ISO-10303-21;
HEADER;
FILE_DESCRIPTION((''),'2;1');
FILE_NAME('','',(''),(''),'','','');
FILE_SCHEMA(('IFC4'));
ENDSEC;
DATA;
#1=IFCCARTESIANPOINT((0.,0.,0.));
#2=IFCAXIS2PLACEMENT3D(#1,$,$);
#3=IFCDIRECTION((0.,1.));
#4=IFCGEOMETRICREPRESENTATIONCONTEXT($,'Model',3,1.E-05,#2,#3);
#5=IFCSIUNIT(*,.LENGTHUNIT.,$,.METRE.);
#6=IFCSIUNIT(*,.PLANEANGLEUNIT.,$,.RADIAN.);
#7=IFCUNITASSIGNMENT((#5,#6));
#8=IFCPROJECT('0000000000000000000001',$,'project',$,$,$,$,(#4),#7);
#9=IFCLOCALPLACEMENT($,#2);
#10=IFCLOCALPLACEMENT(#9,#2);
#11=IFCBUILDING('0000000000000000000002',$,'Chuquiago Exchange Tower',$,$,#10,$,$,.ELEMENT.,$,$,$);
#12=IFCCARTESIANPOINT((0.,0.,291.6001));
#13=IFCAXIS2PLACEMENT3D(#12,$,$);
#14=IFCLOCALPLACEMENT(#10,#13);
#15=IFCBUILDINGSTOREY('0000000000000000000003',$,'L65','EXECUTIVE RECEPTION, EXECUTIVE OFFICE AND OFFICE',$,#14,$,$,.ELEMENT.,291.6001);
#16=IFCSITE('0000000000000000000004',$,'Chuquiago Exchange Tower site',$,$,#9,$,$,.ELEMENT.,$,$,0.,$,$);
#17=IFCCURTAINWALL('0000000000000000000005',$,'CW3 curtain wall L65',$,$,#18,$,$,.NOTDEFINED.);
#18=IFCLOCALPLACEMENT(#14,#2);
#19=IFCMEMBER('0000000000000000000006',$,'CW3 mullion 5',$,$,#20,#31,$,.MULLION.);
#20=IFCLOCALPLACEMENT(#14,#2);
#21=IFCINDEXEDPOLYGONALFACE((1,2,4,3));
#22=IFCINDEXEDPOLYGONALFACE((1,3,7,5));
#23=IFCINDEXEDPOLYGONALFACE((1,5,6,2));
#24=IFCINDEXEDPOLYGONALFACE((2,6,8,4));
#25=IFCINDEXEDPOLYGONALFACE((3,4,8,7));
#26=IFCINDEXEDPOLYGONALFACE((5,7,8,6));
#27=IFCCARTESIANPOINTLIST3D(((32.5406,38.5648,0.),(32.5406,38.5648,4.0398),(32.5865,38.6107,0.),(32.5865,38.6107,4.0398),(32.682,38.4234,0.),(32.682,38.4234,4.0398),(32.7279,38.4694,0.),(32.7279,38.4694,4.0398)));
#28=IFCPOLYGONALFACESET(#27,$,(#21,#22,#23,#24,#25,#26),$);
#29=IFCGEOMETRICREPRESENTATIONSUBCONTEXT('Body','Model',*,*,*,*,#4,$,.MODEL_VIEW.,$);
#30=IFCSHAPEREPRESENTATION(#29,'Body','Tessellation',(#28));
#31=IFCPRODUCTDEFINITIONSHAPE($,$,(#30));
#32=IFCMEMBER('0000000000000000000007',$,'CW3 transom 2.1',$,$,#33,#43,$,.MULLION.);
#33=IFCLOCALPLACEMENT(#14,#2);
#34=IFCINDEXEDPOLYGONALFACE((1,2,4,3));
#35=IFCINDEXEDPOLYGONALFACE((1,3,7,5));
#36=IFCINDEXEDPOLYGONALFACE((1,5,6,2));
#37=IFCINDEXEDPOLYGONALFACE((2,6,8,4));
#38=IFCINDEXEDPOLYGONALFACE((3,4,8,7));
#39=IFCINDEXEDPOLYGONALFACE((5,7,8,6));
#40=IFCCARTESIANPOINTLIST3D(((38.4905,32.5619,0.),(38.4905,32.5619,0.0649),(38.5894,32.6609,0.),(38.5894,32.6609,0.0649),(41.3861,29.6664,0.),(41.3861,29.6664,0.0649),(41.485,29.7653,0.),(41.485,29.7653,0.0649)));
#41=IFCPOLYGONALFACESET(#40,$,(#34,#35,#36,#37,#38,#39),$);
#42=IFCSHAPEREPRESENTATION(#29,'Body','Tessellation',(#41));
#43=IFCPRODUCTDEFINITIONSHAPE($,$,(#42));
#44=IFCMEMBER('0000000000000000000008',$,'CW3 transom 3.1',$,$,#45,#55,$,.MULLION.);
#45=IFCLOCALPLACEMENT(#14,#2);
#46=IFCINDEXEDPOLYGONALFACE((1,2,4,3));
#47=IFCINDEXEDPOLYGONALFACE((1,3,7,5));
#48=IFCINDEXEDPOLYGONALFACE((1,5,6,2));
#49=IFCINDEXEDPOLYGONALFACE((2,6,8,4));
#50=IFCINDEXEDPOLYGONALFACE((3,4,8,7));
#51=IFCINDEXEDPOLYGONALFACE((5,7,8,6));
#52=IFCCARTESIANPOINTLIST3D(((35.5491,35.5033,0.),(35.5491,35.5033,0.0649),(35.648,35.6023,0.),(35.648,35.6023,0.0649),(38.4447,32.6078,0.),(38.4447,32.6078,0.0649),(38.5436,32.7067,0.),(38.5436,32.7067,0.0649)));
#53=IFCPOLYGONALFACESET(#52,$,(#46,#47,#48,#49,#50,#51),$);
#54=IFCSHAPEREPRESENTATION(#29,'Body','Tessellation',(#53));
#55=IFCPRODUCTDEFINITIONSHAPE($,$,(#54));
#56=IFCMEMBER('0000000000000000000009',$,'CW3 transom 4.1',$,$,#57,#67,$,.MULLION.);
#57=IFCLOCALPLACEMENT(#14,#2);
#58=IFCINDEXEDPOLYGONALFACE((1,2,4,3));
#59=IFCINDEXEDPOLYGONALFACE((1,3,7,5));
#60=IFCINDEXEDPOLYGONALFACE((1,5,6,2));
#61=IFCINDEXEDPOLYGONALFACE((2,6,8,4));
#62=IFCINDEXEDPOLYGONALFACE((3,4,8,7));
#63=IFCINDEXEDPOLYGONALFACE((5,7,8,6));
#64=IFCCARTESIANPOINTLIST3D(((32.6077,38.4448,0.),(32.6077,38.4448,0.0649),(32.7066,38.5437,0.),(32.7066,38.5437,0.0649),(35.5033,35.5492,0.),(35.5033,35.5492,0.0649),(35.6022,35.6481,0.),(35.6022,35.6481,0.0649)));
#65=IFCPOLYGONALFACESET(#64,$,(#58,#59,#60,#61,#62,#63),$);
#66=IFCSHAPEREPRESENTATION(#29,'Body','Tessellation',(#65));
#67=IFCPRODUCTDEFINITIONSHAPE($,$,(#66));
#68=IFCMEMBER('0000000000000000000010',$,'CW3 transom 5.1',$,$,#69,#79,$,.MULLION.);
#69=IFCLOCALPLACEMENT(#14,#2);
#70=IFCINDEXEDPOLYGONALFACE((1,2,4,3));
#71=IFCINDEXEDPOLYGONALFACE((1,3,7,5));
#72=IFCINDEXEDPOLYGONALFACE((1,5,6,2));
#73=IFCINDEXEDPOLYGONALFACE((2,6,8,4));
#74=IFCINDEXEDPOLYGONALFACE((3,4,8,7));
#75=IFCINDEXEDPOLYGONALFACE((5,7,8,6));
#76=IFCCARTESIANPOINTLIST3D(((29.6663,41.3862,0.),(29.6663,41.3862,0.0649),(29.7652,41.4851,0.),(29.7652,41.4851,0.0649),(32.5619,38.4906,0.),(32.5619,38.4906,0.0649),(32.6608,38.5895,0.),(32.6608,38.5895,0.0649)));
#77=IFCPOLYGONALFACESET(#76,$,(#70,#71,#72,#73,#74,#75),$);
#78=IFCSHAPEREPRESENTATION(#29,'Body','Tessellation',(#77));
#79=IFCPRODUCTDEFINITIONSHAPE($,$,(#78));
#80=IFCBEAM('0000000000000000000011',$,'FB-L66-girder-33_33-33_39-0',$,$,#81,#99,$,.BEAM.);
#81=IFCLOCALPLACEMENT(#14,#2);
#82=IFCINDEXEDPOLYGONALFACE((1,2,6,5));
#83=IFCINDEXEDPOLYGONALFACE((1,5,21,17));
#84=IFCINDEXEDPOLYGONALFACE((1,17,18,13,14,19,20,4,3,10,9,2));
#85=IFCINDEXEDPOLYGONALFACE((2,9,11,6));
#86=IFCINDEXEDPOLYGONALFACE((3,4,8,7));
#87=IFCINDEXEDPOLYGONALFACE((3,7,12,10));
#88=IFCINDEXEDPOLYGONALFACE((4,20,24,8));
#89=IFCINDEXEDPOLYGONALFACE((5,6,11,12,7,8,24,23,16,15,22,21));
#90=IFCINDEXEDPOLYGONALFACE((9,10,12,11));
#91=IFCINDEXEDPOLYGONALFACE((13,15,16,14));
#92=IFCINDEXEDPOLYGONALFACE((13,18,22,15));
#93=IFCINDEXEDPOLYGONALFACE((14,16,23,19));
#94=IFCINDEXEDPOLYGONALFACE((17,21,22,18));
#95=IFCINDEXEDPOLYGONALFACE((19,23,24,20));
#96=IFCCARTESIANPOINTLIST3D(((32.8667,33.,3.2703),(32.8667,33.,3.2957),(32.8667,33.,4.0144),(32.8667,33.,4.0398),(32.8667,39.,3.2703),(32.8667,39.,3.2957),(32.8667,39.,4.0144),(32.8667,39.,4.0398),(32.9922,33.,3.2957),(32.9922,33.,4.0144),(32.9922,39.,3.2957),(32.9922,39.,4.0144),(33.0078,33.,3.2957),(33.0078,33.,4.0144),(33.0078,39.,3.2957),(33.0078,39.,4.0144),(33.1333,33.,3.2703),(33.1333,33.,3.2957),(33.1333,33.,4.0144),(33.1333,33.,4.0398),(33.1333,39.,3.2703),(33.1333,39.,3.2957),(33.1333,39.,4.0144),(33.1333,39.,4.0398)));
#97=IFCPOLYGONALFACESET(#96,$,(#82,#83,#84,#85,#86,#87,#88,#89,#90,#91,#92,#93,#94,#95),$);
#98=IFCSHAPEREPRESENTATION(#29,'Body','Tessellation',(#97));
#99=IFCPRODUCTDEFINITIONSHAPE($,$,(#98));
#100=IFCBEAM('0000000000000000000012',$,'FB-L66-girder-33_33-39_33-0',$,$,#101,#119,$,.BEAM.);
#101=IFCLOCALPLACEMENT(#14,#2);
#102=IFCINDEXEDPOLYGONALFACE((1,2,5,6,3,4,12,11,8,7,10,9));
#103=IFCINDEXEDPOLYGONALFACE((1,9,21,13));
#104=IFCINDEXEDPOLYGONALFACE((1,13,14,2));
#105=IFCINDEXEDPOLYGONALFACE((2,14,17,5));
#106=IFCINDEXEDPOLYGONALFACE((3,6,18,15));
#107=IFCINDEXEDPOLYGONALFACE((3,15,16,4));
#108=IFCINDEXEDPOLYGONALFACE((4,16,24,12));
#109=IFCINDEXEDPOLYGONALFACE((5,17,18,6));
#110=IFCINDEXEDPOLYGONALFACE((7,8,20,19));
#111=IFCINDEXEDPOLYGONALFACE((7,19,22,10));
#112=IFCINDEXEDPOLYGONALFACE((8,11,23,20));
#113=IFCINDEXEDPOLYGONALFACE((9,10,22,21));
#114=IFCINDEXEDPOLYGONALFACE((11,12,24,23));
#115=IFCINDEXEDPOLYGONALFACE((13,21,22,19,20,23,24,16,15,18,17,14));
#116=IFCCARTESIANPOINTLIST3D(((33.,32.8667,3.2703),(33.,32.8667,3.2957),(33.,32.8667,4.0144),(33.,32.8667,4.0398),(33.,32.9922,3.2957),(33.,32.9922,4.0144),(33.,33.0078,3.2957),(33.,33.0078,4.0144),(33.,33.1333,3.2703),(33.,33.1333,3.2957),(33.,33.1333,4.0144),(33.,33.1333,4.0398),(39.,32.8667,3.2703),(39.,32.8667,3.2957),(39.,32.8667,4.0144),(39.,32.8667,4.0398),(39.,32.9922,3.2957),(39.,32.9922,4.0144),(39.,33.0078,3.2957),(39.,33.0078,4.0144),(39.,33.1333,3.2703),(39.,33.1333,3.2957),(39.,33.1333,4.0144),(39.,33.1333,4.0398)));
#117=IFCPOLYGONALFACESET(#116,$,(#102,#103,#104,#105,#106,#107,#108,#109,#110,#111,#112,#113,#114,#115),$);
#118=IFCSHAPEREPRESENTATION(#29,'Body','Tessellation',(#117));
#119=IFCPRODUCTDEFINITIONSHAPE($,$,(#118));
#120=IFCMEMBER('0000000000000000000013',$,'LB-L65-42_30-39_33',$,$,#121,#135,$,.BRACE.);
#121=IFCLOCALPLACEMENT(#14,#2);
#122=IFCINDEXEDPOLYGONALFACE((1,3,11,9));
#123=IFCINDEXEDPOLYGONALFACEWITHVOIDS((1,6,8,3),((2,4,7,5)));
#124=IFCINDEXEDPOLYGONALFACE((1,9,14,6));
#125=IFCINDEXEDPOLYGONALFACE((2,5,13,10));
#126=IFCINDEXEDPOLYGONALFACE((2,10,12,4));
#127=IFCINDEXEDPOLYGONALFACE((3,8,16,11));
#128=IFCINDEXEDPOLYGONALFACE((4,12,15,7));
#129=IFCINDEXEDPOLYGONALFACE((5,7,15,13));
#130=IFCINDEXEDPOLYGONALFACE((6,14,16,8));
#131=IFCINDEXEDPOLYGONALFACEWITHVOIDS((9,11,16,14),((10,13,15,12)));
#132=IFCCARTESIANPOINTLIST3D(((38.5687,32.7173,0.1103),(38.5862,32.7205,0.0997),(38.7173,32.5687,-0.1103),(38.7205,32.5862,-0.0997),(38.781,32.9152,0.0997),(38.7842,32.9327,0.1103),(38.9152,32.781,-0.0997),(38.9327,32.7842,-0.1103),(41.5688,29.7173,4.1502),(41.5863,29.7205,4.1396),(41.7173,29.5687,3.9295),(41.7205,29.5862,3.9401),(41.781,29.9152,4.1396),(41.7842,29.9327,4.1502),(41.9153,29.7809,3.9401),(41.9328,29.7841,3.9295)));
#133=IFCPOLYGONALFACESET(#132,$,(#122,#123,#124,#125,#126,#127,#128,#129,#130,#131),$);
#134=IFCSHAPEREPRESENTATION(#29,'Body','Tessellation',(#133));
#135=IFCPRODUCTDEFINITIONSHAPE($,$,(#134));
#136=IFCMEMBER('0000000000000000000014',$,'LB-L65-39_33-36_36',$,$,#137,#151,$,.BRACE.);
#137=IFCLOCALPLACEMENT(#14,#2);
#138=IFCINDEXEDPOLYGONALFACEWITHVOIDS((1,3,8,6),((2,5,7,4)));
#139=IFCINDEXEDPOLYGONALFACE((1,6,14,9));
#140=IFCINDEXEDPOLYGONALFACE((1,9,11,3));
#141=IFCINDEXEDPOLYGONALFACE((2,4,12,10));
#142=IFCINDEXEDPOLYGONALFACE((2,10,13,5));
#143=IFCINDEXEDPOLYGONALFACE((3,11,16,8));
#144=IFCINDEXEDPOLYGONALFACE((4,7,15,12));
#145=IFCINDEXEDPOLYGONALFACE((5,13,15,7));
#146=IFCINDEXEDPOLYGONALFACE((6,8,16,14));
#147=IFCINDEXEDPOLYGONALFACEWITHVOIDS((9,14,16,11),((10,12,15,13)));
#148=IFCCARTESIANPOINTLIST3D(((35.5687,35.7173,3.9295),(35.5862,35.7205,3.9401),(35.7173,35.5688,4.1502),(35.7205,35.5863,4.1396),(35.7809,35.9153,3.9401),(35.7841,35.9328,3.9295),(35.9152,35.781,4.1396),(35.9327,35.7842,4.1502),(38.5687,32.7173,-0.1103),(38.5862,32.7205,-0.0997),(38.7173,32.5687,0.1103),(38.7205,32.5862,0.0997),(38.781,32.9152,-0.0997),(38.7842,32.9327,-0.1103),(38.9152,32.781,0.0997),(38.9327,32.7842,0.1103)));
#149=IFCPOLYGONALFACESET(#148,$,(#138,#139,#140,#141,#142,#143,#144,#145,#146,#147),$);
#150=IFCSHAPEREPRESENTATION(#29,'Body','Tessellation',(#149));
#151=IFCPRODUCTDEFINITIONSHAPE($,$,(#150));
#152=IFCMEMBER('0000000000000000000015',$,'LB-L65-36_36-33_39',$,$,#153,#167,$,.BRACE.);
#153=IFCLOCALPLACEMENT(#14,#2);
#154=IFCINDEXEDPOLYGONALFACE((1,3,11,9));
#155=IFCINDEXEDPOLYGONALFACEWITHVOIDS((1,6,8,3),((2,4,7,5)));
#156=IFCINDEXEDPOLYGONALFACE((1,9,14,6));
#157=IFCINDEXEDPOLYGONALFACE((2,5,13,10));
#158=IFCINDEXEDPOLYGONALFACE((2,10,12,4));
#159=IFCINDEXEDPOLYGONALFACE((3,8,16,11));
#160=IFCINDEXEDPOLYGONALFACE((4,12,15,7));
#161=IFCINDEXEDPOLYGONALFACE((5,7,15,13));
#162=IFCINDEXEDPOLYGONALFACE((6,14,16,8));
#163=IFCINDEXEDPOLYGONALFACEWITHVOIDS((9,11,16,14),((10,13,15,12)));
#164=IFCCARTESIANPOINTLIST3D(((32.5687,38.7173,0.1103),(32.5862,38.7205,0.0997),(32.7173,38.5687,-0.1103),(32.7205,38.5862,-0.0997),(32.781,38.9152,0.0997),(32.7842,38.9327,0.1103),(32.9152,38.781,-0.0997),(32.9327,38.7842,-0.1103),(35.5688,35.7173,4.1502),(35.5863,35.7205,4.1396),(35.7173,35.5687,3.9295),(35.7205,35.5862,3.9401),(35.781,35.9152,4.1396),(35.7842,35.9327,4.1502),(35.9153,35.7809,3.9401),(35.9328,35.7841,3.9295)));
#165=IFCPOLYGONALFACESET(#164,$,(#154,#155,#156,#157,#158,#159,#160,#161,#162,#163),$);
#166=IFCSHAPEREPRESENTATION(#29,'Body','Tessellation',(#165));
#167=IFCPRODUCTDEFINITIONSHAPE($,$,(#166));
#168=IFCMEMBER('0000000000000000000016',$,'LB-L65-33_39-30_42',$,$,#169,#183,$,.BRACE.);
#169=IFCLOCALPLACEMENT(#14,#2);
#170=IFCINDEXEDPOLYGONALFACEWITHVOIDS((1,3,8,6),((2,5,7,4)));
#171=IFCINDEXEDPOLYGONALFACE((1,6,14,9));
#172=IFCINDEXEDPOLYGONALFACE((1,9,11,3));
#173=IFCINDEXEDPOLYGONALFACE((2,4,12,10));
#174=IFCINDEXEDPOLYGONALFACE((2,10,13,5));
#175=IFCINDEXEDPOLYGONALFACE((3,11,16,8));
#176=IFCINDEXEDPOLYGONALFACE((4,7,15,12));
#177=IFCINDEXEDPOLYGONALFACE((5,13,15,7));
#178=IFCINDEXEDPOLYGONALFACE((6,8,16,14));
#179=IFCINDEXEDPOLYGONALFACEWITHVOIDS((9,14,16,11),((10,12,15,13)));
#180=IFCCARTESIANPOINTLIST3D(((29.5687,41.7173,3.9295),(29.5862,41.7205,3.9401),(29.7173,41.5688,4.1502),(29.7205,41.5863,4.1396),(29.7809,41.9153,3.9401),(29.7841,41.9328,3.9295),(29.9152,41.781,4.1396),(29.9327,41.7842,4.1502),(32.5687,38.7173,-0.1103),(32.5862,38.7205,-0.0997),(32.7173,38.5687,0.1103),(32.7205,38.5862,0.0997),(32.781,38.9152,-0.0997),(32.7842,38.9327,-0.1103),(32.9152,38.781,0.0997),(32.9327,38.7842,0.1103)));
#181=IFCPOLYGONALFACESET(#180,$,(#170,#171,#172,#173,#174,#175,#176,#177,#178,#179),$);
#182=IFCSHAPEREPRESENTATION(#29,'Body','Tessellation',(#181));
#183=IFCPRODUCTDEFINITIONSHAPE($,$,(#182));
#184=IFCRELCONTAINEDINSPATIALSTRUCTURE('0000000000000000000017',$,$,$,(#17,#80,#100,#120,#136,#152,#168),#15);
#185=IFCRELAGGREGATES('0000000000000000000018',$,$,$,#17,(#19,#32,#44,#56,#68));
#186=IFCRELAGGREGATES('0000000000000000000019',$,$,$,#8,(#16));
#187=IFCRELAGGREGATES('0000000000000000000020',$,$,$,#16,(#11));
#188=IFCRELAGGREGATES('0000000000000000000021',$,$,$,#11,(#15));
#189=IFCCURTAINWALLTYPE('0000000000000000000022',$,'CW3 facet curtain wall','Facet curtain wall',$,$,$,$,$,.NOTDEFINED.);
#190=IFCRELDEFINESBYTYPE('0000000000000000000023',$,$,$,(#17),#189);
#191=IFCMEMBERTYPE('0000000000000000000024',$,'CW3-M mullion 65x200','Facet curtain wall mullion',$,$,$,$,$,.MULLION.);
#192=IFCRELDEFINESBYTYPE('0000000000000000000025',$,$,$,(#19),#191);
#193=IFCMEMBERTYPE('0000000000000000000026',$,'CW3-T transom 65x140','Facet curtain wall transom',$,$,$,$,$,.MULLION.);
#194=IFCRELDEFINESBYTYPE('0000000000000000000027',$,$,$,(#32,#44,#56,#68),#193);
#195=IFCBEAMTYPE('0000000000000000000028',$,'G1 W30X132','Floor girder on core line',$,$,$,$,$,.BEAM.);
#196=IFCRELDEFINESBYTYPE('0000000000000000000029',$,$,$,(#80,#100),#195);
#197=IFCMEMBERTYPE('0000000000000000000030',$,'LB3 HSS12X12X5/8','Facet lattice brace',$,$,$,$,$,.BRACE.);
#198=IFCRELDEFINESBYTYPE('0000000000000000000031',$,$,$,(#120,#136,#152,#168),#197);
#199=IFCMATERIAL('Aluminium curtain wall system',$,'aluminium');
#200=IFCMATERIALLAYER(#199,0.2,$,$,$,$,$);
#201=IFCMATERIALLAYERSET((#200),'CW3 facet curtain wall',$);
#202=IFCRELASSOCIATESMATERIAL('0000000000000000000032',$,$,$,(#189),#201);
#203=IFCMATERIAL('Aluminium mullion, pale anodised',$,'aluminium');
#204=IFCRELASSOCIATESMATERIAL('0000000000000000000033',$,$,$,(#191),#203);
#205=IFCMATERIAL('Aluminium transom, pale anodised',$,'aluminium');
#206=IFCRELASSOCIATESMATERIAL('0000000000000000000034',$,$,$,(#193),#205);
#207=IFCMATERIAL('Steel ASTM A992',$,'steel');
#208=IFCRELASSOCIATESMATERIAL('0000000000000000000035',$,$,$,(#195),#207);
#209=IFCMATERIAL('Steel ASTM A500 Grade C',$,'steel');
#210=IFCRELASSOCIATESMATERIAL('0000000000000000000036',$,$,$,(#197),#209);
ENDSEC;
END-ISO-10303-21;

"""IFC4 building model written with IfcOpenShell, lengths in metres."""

from ifc_helpers import new_model, si_unit, direction, frame, origin, origin_2d, place, context, subcontext, project, spatial, rectangle, hollow_rectangle, i_section, extrude, material, layer, layer_set, material_profile, profile_set, type_object, element, aggregate, save


model = new_model("IFC4")

# Units and contexts
model_context = context("Model", 3, precision=1e-05, world=origin(), true_north=direction((0.0, 1.0)))
body_context = subcontext(model_context, "Body", "Model", "MODEL_VIEW")
ifc_project = project(units=[si_unit("LENGTHUNIT", "METRE"), si_unit("PLANEANGLEUNIT", "RADIAN")], contexts=[model_context])

# Site, building, storey
site_placement = place(None, origin())
site = spatial("IfcSite", under=ifc_project, at=site_placement, Name="Chuquiago Exchange Tower site", CompositionType="ELEMENT", RefElevation=0.0)
building_placement = place(site_placement, origin())
building = spatial("IfcBuilding", under=site, at=building_placement, Name="Chuquiago Exchange Tower", CompositionType="ELEMENT")
storey_placement = place(building_placement, frame((0.0, 0.0, 291.6001)))
storey = spatial("IfcBuildingStorey", under=building, at=storey_placement, Name="L65", Description="EXECUTIVE RECEPTION, EXECUTIVE OFFICE AND OFFICE", CompositionType="ELEMENT", Elevation=291.6001)

# Curtain wall, members
ifc_material_1 = material(Name="Aluminium curtain wall system", Category="aluminium")
ifc_layer_1 = layer(ifc_material_1, 0.2)
ifc_layer_set_1 = layer_set([ifc_layer_1], Name="CW3 facet curtain wall")
curtain_wall_type = type_object("IfcCurtainWallType", Name="CW3 facet curtain wall", Description="Facet curtain wall", PredefinedType="NOTDEFINED", material=ifc_layer_set_1)
curtain_wall_placement = place(storey_placement, origin())
curtain_wall = element("IfcCurtainWall", 1, at=curtain_wall_placement, inside=storey, type_object=curtain_wall_type, Name="CW3 curtain wall L65", PredefinedType="NOTDEFINED")
ifc_material_2 = material(Name="Aluminium mullion, pale anodised", Category="aluminium")
ifc_material_profile_1 = material_profile(ifc_material_2, rectangle(XDim=0.0649, YDim=0.2, at=origin_2d()), Name="AL 65x200")
ifc_profile_set_1 = profile_set([ifc_material_profile_1], Name="Aluminium mullion, pale anodised")
member_type_1 = type_object("IfcMemberType", Name="CW3-M mullion 65x200", Description="Facet curtain wall mullion", PredefinedType="MULLION", material=ifc_profile_set_1)
member_1_placement = place(storey_placement, frame((32.6343, 38.5171, 0.0), z_axis=(0.0, 0.0, 1.0), x_axis=(-0.707107, -0.707107, 0.0)))
member_1 = element("IfcMember", 2, at=member_1_placement, type_object=member_type_1, Name="CW3 mullion 5", PredefinedType="MULLION", context=body_context, shape_type="SweptSolid", body=[
    extrude(rectangle(XDim=0.0649, YDim=0.2, at=origin_2d()), origin(), (0.0, 0.0, 1.0), 4.0398),
])
ifc_material_3 = material(Name="Aluminium transom, pale anodised", Category="aluminium")
ifc_material_profile_2 = material_profile(ifc_material_3, rectangle(XDim=0.1399, YDim=0.0649, at=origin_2d()), Name="AL 140x65")
ifc_profile_set_2 = profile_set([ifc_material_profile_2], Name="Aluminium transom, pale anodised")
member_type_2 = type_object("IfcMemberType", Name="CW3-T transom 65x140", Description="Facet curtain wall transom", PredefinedType="MULLION", material=ifc_profile_set_2)
member_2_placement = place(storey_placement, frame((41.4355, 29.7158, 0.0325), z_axis=(-0.707107, 0.707107, 0.0), x_axis=(-0.707107, -0.707107, 0.0)))
member_2 = element("IfcMember", 3, at=member_2_placement, type_object=member_type_2, Name="CW3 transom 2.1", PredefinedType="MULLION", context=body_context, shape_type="SweptSolid", body=[
    extrude(rectangle(XDim=0.1399, YDim=0.0649, at=origin_2d()), origin(), (0.0, 0.0, 1.0), 4.095),
])
member_3_placement = place(storey_placement, frame((38.4941, 32.6572, 0.0325), z_axis=(-0.707107, 0.707107, 0.0), x_axis=(-0.707107, -0.707107, 0.0)))
member_3 = element("IfcMember", 4, at=member_3_placement, type_object=member_type_2, Name="CW3 transom 3.1", PredefinedType="MULLION", context=body_context, shape_type="SweptSolid", body=[
    extrude(rectangle(XDim=0.1399, YDim=0.0649, at=origin_2d()), origin(), (0.0, 0.0, 1.0), 4.095),
])
member_4_placement = place(storey_placement, frame((35.5527, 35.5986, 0.0325), z_axis=(-0.707107, 0.707107, 0.0), x_axis=(-0.707107, -0.707107, 0.0)))
member_4 = element("IfcMember", 5, at=member_4_placement, type_object=member_type_2, Name="CW3 transom 4.1", PredefinedType="MULLION", context=body_context, shape_type="SweptSolid", body=[
    extrude(rectangle(XDim=0.1399, YDim=0.0649, at=origin_2d()), origin(), (0.0, 0.0, 1.0), 4.095),
])
member_5_placement = place(storey_placement, frame((32.6113, 38.54, 0.0325), z_axis=(-0.707107, 0.707107, 0.0), x_axis=(-0.707107, -0.707107, 0.0)))
member_5 = element("IfcMember", 6, at=member_5_placement, type_object=member_type_2, Name="CW3 transom 5.1", PredefinedType="MULLION", context=body_context, shape_type="SweptSolid", body=[
    extrude(rectangle(XDim=0.1399, YDim=0.0649, at=origin_2d()), origin(), (0.0, 0.0, 1.0), 4.095),
])

# Beams
ifc_material_4 = material(Name="Steel ASTM A992", Category="steel")
ifc_material_profile_3 = material_profile(ifc_material_4, i_section(OverallWidth=0.2666, OverallDepth=0.7695, WebThickness=0.0156, FlangeThickness=0.0254, at=origin_2d()), Name="W30X132")
ifc_profile_set_3 = profile_set([ifc_material_profile_3], Name="Steel ASTM A992")
beam_type_1 = type_object("IfcBeamType", Name="G1 W30X132", Description="Floor girder on core line", PredefinedType="BEAM", material=ifc_profile_set_3)
for number, where, z_axis, x_axis, name in (
    (7, (33.0, 33.0, 3.655), (0.0, 1.0, 0.0), (-1.0, 0.0, 0.0), "FB-L66-girder-33_33-33_39-0"),
    (8, (33.0, 33.0, 3.655), (1.0, 0.0, 0.0), (0.0, 1.0, 0.0), "FB-L66-girder-33_33-39_33-0"),
):
    element("IfcBeam", number, at=place(storey_placement, frame(where, z_axis=z_axis, x_axis=x_axis)), inside=storey, type_object=beam_type_1, Name=name, PredefinedType="BEAM", context=body_context, shape_type="SweptSolid", body=[
        extrude(i_section(OverallWidth=0.2666, OverallDepth=0.7695, WebThickness=0.0156, FlangeThickness=0.0254, at=origin_2d()), origin(), (0.0, 0.0, 1.0), 6.0),
    ])

# Members
ifc_material_5 = material(Name="Steel ASTM A500 Grade C", Category="steel")
ifc_material_profile_4 = material_profile(ifc_material_5, hollow_rectangle(XDim=0.3047, YDim=0.3047, WallThickness=0.0146, at=origin_2d()), Name="HSS12X12X5/8")
ifc_profile_set_4 = profile_set([ifc_material_profile_4], Name="Steel ASTM A500 Grade C")
member_type_3 = type_object("IfcMemberType", Name="LB3 HSS12X12X5/8", Description="Facet lattice brace", PredefinedType="BRACE", material=ifc_profile_set_4)
for number, where, z_axis, x_axis, name in (
    (9, (38.7507, 32.7507, 0.0), (0.512092, -0.512092, 0.689582), (0.707107, 0.707107, 0.0), "LB-L65-42_30-39_33"),
    (10, (38.7507, 32.7507, 0.0), (-0.512092, 0.512092, 0.689582), (-0.707107, -0.707107, 0.0), "LB-L65-39_33-36_36"),
    (11, (32.7507, 38.7507, 0.0), (0.512092, -0.512092, 0.689582), (0.707107, 0.707107, 0.0), "LB-L65-36_36-33_39"),
    (12, (32.7507, 38.7507, 0.0), (-0.512092, 0.512092, 0.689582), (-0.707107, -0.707107, 0.0), "LB-L65-33_39-30_42"),
):
    element("IfcMember", number, at=place(storey_placement, frame(where, z_axis=z_axis, x_axis=x_axis)), inside=storey, type_object=member_type_3, Name=name, PredefinedType="BRACE", context=body_context, shape_type="SweptSolid", body=[
        extrude(hollow_rectangle(XDim=0.3047, YDim=0.3047, WallThickness=0.0146, at=origin_2d()), origin(), (0.0, 0.0, 1.0), 5.8584),
    ])

aggregate(curtain_wall, [member_1, member_2, member_3, member_4, member_5])

save(model, "model.ifc")
